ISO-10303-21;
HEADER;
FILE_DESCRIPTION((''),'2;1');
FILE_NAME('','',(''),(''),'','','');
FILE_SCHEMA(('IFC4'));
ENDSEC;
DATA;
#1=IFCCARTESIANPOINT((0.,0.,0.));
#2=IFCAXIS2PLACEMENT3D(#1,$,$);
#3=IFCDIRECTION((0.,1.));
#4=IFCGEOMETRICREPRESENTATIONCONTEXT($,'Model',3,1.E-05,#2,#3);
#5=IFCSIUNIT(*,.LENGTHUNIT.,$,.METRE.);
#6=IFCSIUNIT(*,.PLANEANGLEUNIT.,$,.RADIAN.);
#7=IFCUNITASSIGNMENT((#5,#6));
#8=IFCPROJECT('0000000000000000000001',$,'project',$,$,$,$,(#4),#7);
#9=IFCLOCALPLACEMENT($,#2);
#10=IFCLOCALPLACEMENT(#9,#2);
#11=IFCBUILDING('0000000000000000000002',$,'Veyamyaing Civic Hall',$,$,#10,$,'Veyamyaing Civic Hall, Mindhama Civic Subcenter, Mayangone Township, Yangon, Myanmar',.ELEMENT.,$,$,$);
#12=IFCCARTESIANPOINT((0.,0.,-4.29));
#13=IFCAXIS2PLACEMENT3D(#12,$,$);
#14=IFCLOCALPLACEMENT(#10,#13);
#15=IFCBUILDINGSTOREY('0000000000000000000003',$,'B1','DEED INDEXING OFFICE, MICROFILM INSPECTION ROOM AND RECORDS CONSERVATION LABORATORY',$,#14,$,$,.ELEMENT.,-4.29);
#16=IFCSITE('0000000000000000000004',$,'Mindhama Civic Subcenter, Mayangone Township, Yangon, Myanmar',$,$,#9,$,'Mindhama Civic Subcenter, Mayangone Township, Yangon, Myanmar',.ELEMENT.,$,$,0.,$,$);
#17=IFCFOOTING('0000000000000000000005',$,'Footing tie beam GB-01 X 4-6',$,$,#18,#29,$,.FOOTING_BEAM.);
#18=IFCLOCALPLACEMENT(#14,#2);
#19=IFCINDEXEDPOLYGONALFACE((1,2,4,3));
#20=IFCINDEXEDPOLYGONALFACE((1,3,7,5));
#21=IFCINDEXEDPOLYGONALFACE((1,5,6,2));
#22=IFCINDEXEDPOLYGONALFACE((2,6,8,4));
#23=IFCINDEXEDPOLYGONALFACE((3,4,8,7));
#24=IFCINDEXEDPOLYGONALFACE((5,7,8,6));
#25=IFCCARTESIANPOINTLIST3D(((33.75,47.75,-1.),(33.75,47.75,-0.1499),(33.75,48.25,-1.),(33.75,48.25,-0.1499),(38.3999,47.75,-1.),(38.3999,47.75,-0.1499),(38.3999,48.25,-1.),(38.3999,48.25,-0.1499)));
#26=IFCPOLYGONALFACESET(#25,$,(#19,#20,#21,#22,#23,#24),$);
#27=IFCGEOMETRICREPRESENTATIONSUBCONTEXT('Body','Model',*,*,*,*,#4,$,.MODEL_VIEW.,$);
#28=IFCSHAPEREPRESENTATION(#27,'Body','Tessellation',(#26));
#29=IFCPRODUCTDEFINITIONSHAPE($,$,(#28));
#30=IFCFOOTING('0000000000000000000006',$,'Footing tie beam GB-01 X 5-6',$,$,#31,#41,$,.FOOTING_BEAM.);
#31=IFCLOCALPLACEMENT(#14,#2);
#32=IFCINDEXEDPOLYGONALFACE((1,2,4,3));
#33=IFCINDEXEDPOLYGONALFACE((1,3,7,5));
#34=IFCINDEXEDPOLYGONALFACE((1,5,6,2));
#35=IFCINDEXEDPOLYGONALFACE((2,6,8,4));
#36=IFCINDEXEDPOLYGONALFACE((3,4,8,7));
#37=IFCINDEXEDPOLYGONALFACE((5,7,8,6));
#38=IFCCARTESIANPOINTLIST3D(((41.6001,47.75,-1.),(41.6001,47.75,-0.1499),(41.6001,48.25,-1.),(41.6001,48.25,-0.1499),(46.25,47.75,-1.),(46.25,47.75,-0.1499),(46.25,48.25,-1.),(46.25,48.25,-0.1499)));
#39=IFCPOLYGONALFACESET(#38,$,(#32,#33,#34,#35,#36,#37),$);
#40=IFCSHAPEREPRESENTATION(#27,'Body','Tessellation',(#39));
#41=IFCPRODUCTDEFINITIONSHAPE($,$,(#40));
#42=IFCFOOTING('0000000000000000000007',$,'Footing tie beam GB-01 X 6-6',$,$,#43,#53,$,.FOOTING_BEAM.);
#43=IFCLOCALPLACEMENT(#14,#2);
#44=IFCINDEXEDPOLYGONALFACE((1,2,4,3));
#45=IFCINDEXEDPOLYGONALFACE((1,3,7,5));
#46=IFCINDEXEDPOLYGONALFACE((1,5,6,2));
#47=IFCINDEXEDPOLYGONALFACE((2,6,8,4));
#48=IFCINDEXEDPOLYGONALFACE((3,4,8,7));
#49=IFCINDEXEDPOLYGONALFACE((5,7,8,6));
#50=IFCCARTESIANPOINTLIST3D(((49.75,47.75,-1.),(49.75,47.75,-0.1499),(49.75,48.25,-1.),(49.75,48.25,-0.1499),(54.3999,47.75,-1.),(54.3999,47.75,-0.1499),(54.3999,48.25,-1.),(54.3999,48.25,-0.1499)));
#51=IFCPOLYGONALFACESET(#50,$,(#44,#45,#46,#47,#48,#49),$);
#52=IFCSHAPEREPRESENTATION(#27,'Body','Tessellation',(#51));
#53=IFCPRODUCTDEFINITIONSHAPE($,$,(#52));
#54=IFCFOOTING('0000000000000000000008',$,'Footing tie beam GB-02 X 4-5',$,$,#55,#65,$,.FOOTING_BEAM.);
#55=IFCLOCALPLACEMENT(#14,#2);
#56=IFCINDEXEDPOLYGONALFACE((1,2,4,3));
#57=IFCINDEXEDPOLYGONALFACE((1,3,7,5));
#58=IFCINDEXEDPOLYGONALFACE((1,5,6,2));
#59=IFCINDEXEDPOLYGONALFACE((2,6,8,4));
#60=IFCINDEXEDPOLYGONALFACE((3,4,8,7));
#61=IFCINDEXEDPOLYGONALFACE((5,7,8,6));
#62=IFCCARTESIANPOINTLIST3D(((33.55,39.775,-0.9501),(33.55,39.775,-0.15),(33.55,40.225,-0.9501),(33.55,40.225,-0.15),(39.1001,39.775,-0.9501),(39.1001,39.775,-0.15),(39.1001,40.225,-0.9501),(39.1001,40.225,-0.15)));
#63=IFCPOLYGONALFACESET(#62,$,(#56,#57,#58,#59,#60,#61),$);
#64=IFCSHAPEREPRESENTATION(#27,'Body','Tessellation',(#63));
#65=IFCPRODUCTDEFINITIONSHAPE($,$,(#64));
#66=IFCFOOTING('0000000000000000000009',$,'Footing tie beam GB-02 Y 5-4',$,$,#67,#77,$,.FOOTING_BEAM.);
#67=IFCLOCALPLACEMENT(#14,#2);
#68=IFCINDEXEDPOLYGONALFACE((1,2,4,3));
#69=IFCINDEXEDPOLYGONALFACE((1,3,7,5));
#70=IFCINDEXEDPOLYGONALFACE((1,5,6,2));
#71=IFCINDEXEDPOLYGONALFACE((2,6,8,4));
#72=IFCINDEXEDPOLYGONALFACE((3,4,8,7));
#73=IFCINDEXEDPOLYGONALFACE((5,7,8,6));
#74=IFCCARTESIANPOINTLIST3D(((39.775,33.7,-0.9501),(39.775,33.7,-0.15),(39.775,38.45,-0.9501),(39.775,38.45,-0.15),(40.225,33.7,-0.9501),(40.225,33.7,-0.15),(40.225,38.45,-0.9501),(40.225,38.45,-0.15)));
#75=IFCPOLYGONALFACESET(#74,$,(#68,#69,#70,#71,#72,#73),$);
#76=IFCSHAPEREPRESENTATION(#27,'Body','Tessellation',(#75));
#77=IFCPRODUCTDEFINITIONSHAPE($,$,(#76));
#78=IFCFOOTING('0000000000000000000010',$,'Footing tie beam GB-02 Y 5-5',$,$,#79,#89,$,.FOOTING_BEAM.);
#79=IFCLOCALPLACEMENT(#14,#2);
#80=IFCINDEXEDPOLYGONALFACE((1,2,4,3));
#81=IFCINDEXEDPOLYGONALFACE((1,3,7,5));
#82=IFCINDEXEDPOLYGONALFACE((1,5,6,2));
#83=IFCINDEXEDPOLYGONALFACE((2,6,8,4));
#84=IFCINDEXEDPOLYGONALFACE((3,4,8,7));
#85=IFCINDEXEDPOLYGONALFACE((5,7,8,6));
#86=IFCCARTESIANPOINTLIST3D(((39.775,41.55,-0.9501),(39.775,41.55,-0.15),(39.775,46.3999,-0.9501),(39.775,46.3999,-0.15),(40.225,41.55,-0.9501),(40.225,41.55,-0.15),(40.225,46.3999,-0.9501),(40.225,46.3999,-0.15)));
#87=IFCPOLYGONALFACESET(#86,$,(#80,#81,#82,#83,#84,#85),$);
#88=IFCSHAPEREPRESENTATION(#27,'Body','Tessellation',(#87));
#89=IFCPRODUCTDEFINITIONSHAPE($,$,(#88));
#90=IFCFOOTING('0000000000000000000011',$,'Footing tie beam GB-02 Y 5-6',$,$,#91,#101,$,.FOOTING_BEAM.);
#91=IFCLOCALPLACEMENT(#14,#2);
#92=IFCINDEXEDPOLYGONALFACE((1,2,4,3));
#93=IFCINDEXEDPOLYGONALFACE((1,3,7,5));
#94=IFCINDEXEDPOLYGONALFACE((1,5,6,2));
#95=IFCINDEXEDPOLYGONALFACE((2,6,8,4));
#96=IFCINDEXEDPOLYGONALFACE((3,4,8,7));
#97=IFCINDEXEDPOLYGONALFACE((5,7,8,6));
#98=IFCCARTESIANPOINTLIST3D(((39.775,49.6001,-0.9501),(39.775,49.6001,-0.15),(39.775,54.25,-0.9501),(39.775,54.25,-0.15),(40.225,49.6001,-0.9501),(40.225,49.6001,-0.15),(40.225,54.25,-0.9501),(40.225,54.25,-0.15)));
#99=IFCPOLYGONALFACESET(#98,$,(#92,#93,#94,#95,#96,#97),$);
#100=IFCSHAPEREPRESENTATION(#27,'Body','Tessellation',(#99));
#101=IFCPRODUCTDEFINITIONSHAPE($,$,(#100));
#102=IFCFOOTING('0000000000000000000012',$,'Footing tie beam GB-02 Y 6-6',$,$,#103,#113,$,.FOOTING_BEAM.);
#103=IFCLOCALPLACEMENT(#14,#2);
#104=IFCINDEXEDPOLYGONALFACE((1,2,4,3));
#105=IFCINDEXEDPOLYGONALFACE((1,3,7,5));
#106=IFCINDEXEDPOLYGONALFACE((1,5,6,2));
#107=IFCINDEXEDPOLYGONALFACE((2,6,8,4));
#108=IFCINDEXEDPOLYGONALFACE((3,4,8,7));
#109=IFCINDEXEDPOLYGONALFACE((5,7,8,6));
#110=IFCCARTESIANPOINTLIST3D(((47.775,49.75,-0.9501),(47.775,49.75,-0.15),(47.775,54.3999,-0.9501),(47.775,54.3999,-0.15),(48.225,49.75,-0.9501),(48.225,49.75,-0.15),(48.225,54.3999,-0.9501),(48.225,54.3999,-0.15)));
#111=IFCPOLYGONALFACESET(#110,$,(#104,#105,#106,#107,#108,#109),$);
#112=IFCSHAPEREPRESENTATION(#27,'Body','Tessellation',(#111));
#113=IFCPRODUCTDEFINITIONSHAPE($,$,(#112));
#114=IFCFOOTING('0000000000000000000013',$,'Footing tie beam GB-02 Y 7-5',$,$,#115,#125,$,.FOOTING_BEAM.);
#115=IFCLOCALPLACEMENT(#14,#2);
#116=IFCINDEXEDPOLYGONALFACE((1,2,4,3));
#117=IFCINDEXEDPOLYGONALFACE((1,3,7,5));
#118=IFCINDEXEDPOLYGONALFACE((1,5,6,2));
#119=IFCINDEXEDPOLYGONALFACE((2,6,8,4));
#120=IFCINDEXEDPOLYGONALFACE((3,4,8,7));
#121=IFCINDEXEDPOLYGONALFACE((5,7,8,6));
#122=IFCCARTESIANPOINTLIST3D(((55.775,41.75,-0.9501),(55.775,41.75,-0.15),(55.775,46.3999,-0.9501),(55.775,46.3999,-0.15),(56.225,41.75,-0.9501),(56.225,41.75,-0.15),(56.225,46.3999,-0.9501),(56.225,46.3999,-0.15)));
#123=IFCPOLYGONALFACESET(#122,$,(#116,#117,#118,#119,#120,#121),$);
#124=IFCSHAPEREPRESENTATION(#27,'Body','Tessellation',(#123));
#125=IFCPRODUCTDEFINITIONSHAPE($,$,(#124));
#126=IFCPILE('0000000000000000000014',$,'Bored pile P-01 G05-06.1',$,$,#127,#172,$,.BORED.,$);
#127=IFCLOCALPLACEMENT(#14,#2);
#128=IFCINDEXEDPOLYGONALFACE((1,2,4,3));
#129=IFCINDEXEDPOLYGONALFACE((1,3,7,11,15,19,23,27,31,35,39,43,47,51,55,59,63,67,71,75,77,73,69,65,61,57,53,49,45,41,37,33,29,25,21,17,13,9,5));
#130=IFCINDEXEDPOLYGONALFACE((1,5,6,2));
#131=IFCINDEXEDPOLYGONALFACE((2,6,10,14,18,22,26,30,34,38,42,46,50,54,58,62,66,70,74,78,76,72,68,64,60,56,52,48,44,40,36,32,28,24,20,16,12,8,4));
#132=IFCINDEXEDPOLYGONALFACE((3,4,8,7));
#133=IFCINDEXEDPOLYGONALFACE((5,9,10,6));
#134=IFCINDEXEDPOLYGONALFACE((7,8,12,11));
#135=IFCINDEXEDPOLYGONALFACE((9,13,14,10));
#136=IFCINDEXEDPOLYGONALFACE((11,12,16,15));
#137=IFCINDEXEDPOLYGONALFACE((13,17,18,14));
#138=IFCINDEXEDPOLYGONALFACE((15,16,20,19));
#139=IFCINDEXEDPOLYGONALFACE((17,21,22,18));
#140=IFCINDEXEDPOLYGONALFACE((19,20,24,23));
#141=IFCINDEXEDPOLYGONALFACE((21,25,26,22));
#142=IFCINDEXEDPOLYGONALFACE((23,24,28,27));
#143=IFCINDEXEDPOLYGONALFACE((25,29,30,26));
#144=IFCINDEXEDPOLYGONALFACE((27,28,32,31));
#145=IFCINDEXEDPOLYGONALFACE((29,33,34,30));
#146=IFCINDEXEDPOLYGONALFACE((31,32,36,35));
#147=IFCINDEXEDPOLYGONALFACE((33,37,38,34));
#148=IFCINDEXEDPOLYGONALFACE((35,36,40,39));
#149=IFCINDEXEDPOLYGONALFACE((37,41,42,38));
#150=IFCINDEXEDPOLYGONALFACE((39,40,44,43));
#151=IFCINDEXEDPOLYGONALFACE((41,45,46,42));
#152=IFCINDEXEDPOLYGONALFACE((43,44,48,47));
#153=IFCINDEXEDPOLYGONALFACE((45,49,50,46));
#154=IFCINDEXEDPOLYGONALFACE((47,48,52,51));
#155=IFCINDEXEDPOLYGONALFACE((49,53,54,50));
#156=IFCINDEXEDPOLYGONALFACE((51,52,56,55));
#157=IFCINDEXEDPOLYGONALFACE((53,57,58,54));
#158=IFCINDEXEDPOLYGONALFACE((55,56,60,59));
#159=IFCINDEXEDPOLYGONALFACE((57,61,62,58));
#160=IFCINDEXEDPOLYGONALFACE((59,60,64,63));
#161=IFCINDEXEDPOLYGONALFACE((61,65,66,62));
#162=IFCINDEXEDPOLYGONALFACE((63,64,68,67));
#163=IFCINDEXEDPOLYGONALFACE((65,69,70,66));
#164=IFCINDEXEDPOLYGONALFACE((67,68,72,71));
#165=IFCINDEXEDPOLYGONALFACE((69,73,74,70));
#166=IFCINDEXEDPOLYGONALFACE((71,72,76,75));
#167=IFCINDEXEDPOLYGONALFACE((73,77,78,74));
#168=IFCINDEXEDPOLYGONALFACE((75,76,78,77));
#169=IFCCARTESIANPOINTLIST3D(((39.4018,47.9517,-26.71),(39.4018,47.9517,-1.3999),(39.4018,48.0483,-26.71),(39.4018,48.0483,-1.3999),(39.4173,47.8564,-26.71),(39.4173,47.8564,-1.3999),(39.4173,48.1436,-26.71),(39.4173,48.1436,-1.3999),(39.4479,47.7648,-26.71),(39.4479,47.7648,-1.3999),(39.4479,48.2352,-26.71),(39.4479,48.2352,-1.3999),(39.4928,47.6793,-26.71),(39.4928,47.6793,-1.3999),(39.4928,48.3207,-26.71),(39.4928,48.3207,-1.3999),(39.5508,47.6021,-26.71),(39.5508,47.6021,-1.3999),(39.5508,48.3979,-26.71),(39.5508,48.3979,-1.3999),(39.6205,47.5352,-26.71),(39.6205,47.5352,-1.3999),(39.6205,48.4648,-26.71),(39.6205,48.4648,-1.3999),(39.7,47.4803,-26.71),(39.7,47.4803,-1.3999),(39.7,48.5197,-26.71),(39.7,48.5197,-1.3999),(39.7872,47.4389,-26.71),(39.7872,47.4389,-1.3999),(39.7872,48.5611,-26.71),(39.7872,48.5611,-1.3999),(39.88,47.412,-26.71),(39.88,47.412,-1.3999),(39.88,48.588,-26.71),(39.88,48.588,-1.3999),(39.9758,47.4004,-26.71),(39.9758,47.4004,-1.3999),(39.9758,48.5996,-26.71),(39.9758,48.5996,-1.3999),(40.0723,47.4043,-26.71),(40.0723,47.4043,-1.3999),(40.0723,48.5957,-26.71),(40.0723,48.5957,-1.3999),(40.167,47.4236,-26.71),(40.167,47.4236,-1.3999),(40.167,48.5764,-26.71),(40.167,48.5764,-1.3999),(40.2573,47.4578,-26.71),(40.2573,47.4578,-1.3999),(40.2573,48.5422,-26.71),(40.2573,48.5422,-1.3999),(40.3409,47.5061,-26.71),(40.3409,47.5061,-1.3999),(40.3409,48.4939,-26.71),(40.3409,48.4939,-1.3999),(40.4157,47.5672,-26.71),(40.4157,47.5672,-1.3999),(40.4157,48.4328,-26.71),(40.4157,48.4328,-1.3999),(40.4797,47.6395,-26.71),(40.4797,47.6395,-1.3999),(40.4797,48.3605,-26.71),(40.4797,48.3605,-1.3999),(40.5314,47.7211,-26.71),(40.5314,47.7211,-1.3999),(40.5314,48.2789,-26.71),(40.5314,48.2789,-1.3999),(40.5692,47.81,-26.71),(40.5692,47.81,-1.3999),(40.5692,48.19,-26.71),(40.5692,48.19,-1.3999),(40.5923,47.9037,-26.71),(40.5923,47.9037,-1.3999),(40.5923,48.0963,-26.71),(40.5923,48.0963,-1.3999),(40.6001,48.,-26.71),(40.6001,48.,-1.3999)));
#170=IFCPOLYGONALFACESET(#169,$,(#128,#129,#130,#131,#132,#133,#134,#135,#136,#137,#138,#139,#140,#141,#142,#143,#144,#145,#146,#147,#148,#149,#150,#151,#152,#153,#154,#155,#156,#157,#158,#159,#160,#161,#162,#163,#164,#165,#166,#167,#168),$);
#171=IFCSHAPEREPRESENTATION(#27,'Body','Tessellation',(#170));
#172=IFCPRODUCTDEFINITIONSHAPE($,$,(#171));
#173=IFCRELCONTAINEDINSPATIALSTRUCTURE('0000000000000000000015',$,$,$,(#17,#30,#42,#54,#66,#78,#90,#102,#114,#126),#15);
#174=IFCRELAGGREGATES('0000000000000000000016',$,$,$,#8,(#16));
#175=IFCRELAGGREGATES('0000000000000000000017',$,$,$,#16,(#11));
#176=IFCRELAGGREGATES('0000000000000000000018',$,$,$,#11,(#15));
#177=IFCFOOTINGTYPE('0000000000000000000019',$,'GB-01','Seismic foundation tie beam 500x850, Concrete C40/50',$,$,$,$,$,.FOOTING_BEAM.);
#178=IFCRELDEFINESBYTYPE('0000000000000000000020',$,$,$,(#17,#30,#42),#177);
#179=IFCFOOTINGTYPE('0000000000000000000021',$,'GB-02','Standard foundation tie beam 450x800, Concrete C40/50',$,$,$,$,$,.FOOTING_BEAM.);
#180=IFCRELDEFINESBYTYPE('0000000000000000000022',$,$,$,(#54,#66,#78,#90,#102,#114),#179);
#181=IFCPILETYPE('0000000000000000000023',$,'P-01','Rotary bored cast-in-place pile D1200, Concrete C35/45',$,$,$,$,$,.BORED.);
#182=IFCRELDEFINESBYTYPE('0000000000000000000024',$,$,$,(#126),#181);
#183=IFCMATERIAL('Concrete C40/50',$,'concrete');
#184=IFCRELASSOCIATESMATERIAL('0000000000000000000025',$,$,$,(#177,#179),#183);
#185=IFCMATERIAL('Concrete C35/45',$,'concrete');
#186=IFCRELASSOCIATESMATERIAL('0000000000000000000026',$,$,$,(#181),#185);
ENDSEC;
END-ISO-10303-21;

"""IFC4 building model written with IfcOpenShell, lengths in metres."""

from ifc_helpers import new_model, si_unit, direction, frame, origin, origin_2d, place, context, subcontext, project, spatial, rectangle, circle, extrude, material, material_profile, profile_set, type_object, element, save


model = new_model("IFC4")

# Units and contexts
model_context = context("Model", 3, precision=1e-05, world=origin(), true_north=direction((0.0, 1.0)))
body_context = subcontext(model_context, "Body", "Model", "MODEL_VIEW")
ifc_project = project(units=[si_unit("LENGTHUNIT", "METRE"), si_unit("PLANEANGLEUNIT", "RADIAN")], contexts=[model_context])

# Site, building, storey
site_placement = place(None, origin())
site = spatial("IfcSite", under=ifc_project, at=site_placement, Name="Mindhama Civic Subcenter, Mayangone Township, Yangon, Myanmar", LongName="Mindhama Civic Subcenter, Mayangone Township, Yangon, Myanmar", CompositionType="ELEMENT", RefElevation=0.0)
building_placement = place(site_placement, origin())
building = spatial("IfcBuilding", under=site, at=building_placement, Name="Veyamyaing Civic Hall", LongName="Veyamyaing Civic Hall, Mindhama Civic Subcenter, Mayangone Township, Yangon, Myanmar", CompositionType="ELEMENT")
storey_placement = place(building_placement, frame((0.0, 0.0, -4.29)))
storey = spatial("IfcBuildingStorey", under=building, at=storey_placement, Name="B1", Description="DEED INDEXING OFFICE, MICROFILM INSPECTION ROOM AND RECORDS CONSERVATION LABORATORY", CompositionType="ELEMENT", Elevation=-4.29)

# Footings
ifc_material_1 = material(Name="Concrete C40/50", Category="concrete")
ifc_material_profile_1 = material_profile(ifc_material_1, rectangle(XDim=0.5, YDim=0.8501, at=origin_2d()), Name="GB-500X850")
ifc_profile_set_1 = profile_set([ifc_material_profile_1], Name="Concrete C40/50")
footing_type_1 = type_object("IfcFootingType", Name="GB-01", Description="Seismic foundation tie beam 500x850, Concrete C40/50", PredefinedType="FOOTING_BEAM", material=ifc_profile_set_1)
for number, where, z_axis, x_axis, name in (
    (1, (33.75, 48.0, -0.575), (1.0, 0.0, 0.0), (0.0, 1.0, 0.0), "Footing tie beam GB-01 X 4-6"),
    (2, (41.6001, 48.0, -0.575), (1.0, 0.0, 0.0), (0.0, 1.0, 0.0), "Footing tie beam GB-01 X 5-6"),
    (3, (49.75, 48.0, -0.575), (1.0, 0.0, 0.0), (0.0, 1.0, 0.0), "Footing tie beam GB-01 X 6-6"),
):
    element("IfcFooting", number, at=place(storey_placement, frame(where, z_axis=z_axis, x_axis=x_axis)), inside=storey, type_object=footing_type_1, Name=name, PredefinedType="FOOTING_BEAM", context=body_context, shape_type="SweptSolid", body=[
        extrude(rectangle(XDim=0.5, YDim=0.8501, at=origin_2d()), origin(), (0.0, 0.0, 1.0), 4.6499),
    ])
ifc_material_profile_2 = material_profile(ifc_material_1, rectangle(XDim=0.45, YDim=0.8, at=origin_2d()), Name="GB-450X800")
ifc_profile_set_2 = profile_set([ifc_material_profile_2], Name="Concrete C40/50")
footing_type_2 = type_object("IfcFootingType", Name="GB-02", Description="Standard foundation tie beam 450x800, Concrete C40/50", PredefinedType="FOOTING_BEAM", material=ifc_profile_set_2)
footing_1_placement = place(storey_placement, frame((33.55, 40.0, -0.55), z_axis=(1.0, 0.0, 0.0), x_axis=(0.0, 1.0, 0.0)))
element("IfcFooting", 4, at=footing_1_placement, inside=storey, type_object=footing_type_2, Name="Footing tie beam GB-02 X 4-5", PredefinedType="FOOTING_BEAM", context=body_context, shape_type="SweptSolid", body=[
    extrude(rectangle(XDim=0.45, YDim=0.8, at=origin_2d()), origin(), (0.0, 0.0, 1.0), 5.55),
])
footing_2_placement = place(storey_placement, frame((40.0, 33.7, -0.55), z_axis=(0.0, 1.0, 0.0), x_axis=(-1.0, 0.0, 0.0)))
element("IfcFooting", 5, at=footing_2_placement, inside=storey, type_object=footing_type_2, Name="Footing tie beam GB-02 Y 5-4", PredefinedType="FOOTING_BEAM", context=body_context, shape_type="SweptSolid", body=[
    extrude(rectangle(XDim=0.45, YDim=0.8, at=origin_2d()), origin(), (0.0, 0.0, 1.0), 4.75),
])
footing_3_placement = place(storey_placement, frame((40.0, 41.55, -0.55), z_axis=(0.0, 1.0, 0.0), x_axis=(-1.0, 0.0, 0.0)))
element("IfcFooting", 6, at=footing_3_placement, inside=storey, type_object=footing_type_2, Name="Footing tie beam GB-02 Y 5-5", PredefinedType="FOOTING_BEAM", context=body_context, shape_type="SweptSolid", body=[
    extrude(rectangle(XDim=0.45, YDim=0.8, at=origin_2d()), origin(), (0.0, 0.0, 1.0), 4.8499),
])
for number, where, z_axis, x_axis, name in (
    (7, (40.0, 49.6001, -0.55), (0.0, 1.0, 0.0), (-1.0, 0.0, 0.0), "Footing tie beam GB-02 Y 5-6"),
    (8, (48.0, 49.75, -0.55), (0.0, 1.0, 0.0), (-1.0, 0.0, 0.0), "Footing tie beam GB-02 Y 6-6"),
    (9, (56.0, 41.75, -0.55), (0.0, 1.0, 0.0), (-1.0, 0.0, 0.0), "Footing tie beam GB-02 Y 7-5"),
):
    element("IfcFooting", number, at=place(storey_placement, frame(where, z_axis=z_axis, x_axis=x_axis)), inside=storey, type_object=footing_type_2, Name=name, PredefinedType="FOOTING_BEAM", context=body_context, shape_type="SweptSolid", body=[
        extrude(rectangle(XDim=0.45, YDim=0.8, at=origin_2d()), origin(), (0.0, 0.0, 1.0), 4.6499),
    ])

# Pile
ifc_material_2 = material(Name="Concrete C35/45", Category="concrete")
ifc_material_profile_3 = material_profile(ifc_material_2, circle(Radius=0.6001, at=origin_2d()), Name="PILE-D1200")
ifc_profile_set_3 = profile_set([ifc_material_profile_3], Name="Concrete C35/45")
pile_type_1 = type_object("IfcPileType", Name="P-01", Description="Rotary bored cast-in-place pile D1200, Concrete C35/45", PredefinedType="BORED", material=ifc_profile_set_3)
pile_1_placement = place(storey_placement, frame((40.0, 48.0, -1.3999), z_axis=(0.0, 0.0, -1.0), x_axis=(1.0, 0.0, 0.0)))
element("IfcPile", 10, at=pile_1_placement, inside=storey, type_object=pile_type_1, Name="Bored pile P-01 G05-06.1", PredefinedType="BORED", context=body_context, shape_type="SweptSolid", body=[
    extrude(circle(Radius=0.6001, at=origin_2d()), origin(), (0.0, 0.0, 1.0), 25.3101),
])

save(model, "model.ifc")
